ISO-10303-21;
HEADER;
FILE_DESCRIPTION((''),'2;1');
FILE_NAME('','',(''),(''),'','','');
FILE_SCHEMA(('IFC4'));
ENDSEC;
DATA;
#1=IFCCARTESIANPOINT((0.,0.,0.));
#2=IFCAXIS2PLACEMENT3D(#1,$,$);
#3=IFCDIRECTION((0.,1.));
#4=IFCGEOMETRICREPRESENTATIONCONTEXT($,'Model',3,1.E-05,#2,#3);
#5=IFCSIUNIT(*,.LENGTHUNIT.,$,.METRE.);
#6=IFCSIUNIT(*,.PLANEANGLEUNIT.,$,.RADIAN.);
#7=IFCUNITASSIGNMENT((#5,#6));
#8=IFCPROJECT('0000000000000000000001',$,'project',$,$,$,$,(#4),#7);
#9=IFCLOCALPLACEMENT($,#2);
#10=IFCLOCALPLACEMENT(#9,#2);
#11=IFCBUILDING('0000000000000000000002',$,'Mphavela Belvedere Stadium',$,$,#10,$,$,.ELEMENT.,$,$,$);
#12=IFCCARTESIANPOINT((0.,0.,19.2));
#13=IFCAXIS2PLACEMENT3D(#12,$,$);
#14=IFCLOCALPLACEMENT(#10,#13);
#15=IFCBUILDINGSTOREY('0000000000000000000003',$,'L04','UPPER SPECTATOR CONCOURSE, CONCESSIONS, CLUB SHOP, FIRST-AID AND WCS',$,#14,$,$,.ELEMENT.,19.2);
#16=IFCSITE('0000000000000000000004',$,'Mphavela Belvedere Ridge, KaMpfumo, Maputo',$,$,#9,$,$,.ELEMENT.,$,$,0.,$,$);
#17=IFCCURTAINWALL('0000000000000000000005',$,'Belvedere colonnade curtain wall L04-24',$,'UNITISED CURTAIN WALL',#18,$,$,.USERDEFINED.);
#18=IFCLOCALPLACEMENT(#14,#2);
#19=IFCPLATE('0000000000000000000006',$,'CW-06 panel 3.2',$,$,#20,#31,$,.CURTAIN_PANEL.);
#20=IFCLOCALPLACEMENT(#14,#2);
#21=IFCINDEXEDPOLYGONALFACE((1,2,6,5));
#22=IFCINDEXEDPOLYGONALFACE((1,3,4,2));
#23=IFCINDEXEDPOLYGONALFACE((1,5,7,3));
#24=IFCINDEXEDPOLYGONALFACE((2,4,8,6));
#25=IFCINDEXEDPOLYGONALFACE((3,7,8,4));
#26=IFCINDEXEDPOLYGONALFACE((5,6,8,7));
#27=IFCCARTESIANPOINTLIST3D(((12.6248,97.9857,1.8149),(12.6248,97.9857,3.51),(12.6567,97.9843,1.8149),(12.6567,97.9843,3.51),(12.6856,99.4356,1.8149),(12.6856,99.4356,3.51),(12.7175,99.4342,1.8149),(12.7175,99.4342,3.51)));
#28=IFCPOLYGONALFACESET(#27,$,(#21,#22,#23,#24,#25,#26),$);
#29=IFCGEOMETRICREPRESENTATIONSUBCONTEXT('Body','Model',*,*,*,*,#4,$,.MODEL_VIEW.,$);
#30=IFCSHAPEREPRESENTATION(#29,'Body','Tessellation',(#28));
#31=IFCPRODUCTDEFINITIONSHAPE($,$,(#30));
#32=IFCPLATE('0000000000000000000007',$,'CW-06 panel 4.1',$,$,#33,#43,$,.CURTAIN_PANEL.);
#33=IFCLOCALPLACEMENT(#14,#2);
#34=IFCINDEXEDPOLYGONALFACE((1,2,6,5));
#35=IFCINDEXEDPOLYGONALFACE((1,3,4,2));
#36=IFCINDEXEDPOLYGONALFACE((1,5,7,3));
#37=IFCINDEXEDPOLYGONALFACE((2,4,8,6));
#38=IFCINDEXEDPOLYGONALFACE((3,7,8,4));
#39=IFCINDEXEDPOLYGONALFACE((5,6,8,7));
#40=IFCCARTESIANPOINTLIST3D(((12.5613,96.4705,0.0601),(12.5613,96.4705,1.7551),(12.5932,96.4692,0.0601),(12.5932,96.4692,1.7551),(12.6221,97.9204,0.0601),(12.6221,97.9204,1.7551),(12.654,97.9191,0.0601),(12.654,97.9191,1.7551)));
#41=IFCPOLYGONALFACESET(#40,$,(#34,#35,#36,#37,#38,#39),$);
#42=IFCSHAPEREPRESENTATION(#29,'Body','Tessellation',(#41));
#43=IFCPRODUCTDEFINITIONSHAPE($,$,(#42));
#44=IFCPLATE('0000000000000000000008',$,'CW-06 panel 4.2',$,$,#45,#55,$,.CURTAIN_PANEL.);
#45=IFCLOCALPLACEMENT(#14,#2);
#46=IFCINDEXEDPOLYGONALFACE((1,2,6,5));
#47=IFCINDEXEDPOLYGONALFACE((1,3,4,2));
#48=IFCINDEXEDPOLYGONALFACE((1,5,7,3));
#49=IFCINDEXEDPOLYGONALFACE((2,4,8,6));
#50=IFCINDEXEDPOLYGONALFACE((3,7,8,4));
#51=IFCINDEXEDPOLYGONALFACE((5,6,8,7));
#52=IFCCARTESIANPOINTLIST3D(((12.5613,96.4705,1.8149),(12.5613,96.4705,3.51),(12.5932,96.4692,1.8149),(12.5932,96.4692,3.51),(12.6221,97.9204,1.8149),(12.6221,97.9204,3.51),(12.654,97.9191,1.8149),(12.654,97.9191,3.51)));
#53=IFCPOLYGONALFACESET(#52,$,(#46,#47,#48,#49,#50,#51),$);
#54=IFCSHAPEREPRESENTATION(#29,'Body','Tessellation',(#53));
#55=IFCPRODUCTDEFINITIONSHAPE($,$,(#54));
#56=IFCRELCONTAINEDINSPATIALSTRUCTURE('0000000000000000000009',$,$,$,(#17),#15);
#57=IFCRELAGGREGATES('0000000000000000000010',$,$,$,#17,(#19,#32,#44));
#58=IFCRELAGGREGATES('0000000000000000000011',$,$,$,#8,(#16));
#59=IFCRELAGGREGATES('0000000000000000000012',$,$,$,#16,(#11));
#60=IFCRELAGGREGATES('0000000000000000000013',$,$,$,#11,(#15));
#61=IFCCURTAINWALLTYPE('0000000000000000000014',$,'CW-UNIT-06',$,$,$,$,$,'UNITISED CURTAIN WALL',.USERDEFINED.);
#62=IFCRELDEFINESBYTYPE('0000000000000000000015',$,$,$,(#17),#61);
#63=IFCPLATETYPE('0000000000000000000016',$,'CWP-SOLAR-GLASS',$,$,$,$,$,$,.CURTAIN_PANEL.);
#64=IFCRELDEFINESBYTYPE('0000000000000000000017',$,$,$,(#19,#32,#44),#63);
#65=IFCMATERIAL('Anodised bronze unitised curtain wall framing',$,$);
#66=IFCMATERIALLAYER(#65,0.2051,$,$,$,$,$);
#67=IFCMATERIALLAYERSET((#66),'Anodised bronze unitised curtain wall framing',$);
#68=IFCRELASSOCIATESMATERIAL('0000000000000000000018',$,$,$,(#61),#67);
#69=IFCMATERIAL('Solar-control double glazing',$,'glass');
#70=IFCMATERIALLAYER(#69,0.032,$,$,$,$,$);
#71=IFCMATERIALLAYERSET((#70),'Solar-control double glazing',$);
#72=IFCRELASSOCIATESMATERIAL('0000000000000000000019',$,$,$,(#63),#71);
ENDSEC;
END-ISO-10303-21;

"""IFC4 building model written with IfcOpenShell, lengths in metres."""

from ifc_helpers import new_model, si_unit, direction, frame, origin, origin_2d, place, context, subcontext, project, spatial, rectangle, extrude, material, layer, layer_set, type_object, element, aggregate, save


model = new_model("IFC4")

# Units and contexts
model_context = context("Model", 3, precision=1e-05, world=origin(), true_north=direction((0.0, 1.0)))
body_context = subcontext(model_context, "Body", "Model", "MODEL_VIEW")
ifc_project = project(units=[si_unit("LENGTHUNIT", "METRE"), si_unit("PLANEANGLEUNIT", "RADIAN")], contexts=[model_context])

# Site, building, storey
site_placement = place(None, origin())
site = spatial("IfcSite", under=ifc_project, at=site_placement, Name="Mphavela Belvedere Ridge, KaMpfumo, Maputo", CompositionType="ELEMENT", RefElevation=0.0)
building_placement = place(site_placement, origin())
building = spatial("IfcBuilding", under=site, at=building_placement, Name="Mphavela Belvedere Stadium", CompositionType="ELEMENT")
storey_placement = place(building_placement, frame((0.0, 0.0, 19.2)))
storey = spatial("IfcBuildingStorey", under=building, at=storey_placement, Name="L04", Description="UPPER SPECTATOR CONCOURSE, CONCESSIONS, CLUB SHOP, FIRST-AID AND WCS", CompositionType="ELEMENT", Elevation=19.2)

# Curtain wall
ifc_material_1 = material(Name="Anodised bronze unitised curtain wall framing")
ifc_layer_1 = layer(ifc_material_1, 0.2051)
ifc_layer_set_1 = layer_set([ifc_layer_1], Name="Anodised bronze unitised curtain wall framing")
curtain_wall_type_1 = type_object("IfcCurtainWallType", Name="CW-UNIT-06", ElementType="UNITISED CURTAIN WALL", PredefinedType="USERDEFINED", material=ifc_layer_set_1)
curtain_wall_1_placement = place(storey_placement, origin())
curtain_wall_1 = element("IfcCurtainWall", 1, at=curtain_wall_1_placement, inside=storey, type_object=curtain_wall_type_1, Name="Belvedere colonnade curtain wall L04-24", ObjectType="UNITISED CURTAIN WALL", PredefinedType="USERDEFINED")

# Plates
ifc_material_2 = material(Name="Solar-control double glazing", Category="glass")
ifc_layer_2 = layer(ifc_material_2, 0.032)
ifc_layer_set_2 = layer_set([ifc_layer_2], Name="Solar-control double glazing")
plate_type = type_object("IfcPlateType", Name="CWP-SOLAR-GLASS", PredefinedType="CURTAIN_PANEL", material=ifc_layer_set_2)
plate_1_placement = place(storey_placement, frame((12.6711, 98.71, 1.8149), z_axis=(0.0, 0.0, 1.0), x_axis=(-0.041905, -0.999122, 0.0)))
plate_1 = element("IfcPlate", 2, at=plate_1_placement, type_object=plate_type, Name="CW-06 panel 3.2", PredefinedType="CURTAIN_PANEL", context=body_context, shape_type="SweptSolid", body=[
    extrude(rectangle(XDim=1.4512, YDim=0.032, at=origin_2d()), origin(), (0.0, 0.0, 1.0), 1.6951),
])
plate_2_placement = place(storey_placement, frame((12.6077, 97.1948, 0.0601), z_axis=(0.0, 0.0, 1.0), x_axis=(-0.041905, -0.999122, 0.0)))
plate_2 = element("IfcPlate", 3, at=plate_2_placement, type_object=plate_type, Name="CW-06 panel 4.1", PredefinedType="CURTAIN_PANEL", context=body_context, shape_type="SweptSolid", body=[
    extrude(rectangle(XDim=1.4512, YDim=0.032, at=origin_2d()), origin(), (0.0, 0.0, 1.0), 1.6951),
])
plate_3_placement = place(storey_placement, frame((12.6077, 97.1948, 1.8149), z_axis=(0.0, 0.0, 1.0), x_axis=(-0.041905, -0.999122, 0.0)))
plate_3 = element("IfcPlate", 4, at=plate_3_placement, type_object=plate_type, Name="CW-06 panel 4.2", PredefinedType="CURTAIN_PANEL", context=body_context, shape_type="SweptSolid", body=[
    extrude(rectangle(XDim=1.4512, YDim=0.032, at=origin_2d()), origin(), (0.0, 0.0, 1.0), 1.6951),
])
aggregate(curtain_wall_1, [plate_1, plate_2, plate_3])

save(model, "model.ifc")
